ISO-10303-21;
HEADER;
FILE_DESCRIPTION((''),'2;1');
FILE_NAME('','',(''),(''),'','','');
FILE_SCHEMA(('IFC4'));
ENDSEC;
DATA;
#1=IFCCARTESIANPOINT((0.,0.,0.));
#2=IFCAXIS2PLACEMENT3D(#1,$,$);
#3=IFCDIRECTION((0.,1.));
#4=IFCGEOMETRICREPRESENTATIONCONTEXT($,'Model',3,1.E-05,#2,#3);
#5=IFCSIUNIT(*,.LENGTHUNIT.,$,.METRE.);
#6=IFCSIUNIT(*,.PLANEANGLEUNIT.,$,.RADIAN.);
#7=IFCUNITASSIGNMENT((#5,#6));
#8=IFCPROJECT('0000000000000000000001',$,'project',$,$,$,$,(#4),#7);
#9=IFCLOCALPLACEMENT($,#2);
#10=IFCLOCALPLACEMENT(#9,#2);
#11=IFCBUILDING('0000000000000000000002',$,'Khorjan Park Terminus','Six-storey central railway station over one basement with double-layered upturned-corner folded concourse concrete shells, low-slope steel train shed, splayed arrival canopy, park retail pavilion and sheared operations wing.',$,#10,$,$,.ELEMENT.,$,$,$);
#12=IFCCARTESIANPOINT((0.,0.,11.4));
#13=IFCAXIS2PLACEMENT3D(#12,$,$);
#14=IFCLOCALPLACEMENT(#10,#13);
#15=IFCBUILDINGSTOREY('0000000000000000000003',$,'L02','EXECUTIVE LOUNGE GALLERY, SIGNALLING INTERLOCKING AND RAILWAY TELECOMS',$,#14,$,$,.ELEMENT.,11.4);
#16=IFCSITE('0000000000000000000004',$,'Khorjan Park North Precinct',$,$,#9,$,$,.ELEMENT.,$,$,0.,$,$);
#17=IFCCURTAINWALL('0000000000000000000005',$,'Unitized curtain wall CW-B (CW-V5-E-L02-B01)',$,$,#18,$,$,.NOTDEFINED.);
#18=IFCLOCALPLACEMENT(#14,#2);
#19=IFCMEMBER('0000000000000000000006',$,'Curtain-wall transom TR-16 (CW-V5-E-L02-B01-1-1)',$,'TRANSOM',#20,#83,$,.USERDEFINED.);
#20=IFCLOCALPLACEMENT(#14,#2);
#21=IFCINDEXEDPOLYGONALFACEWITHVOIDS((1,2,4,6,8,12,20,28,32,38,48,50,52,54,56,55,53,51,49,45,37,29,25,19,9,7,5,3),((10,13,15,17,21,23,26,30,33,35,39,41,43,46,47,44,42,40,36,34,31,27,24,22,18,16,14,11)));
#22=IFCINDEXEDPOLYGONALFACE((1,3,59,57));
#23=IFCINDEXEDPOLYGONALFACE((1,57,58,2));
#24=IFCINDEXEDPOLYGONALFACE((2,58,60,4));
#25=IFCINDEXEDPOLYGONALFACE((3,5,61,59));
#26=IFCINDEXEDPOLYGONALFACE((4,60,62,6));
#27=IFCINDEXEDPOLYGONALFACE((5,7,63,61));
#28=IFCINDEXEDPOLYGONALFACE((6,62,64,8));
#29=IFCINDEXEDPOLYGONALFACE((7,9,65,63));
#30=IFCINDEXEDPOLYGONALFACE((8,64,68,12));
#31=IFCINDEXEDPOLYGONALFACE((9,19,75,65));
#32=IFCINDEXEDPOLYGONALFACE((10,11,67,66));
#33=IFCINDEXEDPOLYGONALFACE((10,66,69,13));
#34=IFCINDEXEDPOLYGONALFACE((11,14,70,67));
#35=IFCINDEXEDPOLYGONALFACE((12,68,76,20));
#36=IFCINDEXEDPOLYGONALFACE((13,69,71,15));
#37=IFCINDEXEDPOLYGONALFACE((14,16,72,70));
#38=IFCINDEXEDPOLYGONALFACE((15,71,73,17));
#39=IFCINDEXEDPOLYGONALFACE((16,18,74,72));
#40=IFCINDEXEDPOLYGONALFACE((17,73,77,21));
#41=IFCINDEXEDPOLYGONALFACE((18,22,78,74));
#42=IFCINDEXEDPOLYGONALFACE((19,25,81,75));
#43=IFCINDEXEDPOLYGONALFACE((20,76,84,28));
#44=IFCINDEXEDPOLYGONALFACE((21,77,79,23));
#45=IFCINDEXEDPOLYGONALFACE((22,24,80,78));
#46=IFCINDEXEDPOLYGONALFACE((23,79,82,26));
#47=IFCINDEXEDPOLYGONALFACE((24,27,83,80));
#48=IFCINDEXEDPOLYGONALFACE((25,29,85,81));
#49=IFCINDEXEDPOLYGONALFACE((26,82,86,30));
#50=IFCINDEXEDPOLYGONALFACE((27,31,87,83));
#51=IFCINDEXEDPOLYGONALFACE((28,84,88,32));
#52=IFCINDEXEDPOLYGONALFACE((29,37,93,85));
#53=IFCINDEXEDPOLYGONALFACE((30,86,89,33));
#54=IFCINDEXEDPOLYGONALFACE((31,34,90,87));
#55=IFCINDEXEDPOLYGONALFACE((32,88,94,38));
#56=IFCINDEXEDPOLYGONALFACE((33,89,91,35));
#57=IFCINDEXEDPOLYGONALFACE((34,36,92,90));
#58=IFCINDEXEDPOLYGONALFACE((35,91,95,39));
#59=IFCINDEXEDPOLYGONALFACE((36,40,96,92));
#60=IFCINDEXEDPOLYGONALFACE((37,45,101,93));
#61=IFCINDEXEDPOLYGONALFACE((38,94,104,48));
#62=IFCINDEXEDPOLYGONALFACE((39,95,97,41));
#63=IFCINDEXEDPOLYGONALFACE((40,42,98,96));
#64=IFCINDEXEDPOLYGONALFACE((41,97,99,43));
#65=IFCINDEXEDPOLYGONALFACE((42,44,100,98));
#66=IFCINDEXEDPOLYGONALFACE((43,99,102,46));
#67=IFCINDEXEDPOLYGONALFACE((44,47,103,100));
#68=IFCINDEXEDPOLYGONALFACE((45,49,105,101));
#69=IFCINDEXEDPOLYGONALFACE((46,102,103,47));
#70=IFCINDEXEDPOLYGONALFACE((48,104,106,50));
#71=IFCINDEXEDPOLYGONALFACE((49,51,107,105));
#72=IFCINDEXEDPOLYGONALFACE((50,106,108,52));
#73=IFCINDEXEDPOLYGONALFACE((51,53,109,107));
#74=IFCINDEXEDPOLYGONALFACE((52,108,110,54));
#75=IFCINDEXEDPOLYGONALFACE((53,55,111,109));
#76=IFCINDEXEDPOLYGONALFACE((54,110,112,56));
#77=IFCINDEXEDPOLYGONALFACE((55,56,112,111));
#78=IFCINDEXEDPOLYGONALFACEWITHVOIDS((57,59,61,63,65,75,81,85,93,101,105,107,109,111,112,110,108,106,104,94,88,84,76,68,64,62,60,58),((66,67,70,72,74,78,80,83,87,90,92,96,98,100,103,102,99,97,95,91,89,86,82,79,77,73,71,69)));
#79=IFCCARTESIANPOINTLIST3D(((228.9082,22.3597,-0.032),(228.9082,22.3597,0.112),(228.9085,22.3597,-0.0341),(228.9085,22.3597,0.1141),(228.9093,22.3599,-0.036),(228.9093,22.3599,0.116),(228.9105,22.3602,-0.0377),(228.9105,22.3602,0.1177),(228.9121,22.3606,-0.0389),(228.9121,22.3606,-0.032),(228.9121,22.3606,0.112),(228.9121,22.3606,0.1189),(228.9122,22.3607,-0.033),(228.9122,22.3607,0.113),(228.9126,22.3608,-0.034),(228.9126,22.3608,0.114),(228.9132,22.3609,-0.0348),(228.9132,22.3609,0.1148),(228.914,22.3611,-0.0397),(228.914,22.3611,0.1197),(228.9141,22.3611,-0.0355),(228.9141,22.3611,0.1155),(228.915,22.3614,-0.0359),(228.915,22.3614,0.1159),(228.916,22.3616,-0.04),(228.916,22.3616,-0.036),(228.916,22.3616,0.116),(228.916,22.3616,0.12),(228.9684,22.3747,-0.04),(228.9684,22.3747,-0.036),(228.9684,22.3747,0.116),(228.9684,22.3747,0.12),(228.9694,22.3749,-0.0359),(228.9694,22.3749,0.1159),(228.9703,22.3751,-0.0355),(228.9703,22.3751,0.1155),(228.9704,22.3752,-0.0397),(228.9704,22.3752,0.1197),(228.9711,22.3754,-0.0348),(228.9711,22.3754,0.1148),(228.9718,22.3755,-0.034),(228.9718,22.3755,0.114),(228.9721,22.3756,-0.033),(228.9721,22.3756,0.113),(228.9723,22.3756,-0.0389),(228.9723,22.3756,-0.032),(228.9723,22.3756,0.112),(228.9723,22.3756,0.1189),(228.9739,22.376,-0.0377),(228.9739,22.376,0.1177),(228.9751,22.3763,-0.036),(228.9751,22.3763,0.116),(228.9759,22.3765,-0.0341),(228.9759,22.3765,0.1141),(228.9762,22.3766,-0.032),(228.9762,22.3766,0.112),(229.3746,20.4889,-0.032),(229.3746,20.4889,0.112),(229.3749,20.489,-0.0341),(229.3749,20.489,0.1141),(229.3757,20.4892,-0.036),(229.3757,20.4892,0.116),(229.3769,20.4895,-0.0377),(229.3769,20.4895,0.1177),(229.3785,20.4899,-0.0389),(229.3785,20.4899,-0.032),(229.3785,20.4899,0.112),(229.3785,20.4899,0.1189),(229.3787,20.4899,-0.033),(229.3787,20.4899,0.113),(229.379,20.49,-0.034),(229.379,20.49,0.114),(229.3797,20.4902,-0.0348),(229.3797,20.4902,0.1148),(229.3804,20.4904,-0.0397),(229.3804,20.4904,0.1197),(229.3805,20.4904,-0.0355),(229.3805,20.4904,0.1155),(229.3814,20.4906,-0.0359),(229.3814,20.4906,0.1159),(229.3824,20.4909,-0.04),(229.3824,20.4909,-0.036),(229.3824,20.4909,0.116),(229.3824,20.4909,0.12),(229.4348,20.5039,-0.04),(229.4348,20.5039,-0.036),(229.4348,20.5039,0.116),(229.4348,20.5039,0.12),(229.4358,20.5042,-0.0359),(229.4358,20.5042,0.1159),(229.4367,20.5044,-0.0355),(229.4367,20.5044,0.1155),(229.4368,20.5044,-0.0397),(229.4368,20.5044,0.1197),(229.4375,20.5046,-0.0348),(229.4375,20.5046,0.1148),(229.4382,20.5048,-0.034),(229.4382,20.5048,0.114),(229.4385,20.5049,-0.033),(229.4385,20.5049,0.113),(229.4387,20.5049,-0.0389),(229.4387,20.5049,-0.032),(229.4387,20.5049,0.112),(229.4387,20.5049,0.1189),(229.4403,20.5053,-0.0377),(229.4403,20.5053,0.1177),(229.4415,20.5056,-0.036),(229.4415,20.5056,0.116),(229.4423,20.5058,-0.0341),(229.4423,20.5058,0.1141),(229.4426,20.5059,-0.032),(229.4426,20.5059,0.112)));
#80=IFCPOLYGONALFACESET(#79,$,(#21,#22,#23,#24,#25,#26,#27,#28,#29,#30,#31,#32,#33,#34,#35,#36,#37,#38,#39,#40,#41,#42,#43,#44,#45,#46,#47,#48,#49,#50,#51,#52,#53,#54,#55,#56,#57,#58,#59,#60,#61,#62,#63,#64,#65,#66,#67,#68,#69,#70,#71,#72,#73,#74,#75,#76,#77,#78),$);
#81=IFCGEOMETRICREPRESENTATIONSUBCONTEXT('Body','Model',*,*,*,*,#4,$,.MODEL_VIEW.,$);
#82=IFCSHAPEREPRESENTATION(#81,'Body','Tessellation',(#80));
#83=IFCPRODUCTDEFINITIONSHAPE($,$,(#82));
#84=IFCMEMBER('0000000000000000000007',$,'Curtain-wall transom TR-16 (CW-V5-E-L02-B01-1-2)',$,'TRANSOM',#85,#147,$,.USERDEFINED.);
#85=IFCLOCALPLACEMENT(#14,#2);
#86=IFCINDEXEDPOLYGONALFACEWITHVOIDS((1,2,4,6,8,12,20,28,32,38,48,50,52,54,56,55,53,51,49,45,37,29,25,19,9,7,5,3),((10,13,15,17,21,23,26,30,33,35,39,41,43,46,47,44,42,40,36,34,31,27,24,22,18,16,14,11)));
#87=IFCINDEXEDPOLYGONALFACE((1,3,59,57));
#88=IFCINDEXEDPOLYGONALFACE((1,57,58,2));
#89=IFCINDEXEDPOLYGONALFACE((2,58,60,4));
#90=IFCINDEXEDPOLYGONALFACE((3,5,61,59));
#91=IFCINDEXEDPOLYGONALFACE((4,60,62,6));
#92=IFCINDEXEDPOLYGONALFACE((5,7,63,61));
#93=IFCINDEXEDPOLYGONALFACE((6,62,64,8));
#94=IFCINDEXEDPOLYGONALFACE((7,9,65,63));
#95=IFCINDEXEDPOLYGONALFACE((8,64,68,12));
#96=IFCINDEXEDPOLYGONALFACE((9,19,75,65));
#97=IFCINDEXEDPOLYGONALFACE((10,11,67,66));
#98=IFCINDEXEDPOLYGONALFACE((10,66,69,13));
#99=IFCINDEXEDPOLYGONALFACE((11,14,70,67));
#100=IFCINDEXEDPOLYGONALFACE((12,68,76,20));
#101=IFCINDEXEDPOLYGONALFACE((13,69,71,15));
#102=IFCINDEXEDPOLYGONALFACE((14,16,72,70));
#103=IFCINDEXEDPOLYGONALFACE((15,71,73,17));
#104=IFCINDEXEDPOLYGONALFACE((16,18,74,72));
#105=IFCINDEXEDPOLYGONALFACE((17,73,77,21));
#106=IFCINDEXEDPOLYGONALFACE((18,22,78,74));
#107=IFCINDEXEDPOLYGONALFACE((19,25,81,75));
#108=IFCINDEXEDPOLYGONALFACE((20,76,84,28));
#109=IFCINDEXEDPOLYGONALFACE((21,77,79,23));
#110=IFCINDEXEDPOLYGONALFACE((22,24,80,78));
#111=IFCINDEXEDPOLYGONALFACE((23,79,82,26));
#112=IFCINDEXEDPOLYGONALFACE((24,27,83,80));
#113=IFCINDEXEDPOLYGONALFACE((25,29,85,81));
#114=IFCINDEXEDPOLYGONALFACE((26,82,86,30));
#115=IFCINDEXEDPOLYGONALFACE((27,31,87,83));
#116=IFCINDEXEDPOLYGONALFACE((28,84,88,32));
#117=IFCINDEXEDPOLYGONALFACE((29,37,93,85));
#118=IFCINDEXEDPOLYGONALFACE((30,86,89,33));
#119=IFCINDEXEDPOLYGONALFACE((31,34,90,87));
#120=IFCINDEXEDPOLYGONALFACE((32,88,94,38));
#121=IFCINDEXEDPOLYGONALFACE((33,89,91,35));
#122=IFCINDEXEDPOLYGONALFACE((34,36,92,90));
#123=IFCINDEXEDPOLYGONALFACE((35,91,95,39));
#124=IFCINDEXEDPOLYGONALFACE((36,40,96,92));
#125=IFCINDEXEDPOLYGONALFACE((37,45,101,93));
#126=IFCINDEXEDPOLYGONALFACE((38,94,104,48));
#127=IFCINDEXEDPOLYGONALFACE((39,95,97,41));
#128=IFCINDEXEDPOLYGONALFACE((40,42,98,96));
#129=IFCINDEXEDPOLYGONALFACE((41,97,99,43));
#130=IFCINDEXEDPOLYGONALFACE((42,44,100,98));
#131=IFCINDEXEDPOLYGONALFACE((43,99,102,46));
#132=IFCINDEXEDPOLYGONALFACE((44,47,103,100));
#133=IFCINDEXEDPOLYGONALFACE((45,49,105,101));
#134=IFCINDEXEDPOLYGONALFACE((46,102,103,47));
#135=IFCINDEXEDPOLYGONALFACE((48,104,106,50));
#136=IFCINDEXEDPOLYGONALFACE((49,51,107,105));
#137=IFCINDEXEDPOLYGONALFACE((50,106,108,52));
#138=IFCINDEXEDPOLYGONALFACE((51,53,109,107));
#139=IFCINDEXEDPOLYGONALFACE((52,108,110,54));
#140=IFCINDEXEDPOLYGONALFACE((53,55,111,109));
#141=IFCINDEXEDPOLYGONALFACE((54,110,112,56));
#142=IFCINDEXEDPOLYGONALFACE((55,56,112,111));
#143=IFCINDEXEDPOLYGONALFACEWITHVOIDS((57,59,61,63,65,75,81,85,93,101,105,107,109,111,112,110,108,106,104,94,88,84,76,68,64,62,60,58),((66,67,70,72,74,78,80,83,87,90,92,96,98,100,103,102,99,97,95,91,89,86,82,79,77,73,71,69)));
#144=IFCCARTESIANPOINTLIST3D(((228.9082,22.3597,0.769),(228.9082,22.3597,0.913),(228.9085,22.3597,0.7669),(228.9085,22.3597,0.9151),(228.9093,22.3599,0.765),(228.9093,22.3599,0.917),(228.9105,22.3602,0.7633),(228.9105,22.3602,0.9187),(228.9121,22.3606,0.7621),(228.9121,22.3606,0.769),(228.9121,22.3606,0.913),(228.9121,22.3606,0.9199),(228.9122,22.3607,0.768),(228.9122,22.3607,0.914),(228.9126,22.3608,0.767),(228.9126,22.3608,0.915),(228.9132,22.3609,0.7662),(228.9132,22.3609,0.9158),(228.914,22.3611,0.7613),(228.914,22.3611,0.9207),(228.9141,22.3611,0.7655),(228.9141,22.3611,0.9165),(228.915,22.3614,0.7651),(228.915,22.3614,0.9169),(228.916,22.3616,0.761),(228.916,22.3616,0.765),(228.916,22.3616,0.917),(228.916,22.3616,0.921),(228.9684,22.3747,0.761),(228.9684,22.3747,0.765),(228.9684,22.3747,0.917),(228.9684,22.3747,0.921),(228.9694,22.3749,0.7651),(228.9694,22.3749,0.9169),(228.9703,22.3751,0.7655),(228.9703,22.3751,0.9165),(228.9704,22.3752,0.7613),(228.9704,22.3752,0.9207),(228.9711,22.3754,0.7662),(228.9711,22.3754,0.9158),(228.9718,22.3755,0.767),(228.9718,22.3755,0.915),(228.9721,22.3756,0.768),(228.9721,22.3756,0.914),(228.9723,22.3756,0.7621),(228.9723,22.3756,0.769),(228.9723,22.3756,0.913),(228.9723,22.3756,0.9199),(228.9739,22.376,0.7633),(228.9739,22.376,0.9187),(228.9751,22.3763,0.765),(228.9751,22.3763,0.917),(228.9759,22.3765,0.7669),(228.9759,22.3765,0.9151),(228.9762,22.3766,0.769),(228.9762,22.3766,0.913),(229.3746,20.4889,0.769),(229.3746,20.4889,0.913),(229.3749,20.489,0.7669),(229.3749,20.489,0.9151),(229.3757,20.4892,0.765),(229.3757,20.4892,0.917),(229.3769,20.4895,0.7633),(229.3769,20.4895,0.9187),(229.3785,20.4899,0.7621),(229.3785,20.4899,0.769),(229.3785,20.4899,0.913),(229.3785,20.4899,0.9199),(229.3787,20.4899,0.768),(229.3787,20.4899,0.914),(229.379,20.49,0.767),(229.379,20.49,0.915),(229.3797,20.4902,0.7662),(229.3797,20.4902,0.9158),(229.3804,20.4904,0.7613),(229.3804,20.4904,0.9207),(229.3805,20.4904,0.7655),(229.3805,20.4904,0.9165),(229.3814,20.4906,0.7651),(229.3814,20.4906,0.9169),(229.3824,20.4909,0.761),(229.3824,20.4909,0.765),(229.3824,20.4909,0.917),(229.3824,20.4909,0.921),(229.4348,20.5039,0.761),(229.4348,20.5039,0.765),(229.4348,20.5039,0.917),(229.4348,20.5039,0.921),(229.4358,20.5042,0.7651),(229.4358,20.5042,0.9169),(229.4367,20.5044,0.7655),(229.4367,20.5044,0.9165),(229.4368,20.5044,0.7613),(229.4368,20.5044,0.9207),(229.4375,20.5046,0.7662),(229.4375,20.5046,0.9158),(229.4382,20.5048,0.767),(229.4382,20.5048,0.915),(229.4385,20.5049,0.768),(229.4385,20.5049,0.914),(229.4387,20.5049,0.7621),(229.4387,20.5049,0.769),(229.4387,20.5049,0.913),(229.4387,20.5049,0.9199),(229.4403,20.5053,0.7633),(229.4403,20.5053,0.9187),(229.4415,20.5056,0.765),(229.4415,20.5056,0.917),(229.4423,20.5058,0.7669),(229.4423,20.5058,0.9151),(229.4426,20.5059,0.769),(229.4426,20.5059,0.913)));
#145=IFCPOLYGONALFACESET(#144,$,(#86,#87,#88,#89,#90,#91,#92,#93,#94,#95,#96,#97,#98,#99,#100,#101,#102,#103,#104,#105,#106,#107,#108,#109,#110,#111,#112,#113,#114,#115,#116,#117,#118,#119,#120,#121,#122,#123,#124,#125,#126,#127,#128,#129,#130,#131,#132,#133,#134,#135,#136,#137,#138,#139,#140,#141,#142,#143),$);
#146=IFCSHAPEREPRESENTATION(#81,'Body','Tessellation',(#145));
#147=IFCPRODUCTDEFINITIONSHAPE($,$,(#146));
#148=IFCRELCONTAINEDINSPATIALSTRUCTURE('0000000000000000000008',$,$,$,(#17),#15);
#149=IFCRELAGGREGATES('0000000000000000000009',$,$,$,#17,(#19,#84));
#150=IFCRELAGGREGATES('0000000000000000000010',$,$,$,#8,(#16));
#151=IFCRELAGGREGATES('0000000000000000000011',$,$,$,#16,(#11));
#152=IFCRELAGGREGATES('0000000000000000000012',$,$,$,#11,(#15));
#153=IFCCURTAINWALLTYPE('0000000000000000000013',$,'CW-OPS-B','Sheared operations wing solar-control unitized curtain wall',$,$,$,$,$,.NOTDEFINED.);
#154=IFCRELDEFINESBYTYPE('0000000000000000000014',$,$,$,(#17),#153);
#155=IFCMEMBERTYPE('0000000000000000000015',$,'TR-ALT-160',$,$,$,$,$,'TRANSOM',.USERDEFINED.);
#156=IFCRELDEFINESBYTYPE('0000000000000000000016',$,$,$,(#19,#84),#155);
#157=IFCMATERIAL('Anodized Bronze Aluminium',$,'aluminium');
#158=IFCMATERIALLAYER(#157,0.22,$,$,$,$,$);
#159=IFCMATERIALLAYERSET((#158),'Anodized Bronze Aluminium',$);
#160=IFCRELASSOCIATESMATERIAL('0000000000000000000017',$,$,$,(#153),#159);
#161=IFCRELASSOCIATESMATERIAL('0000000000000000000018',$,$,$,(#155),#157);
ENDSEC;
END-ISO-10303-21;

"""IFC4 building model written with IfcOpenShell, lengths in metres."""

from ifc_helpers import new_model, si_unit, direction, frame, origin, origin_2d, place, context, subcontext, project, spatial, hollow_rectangle, extrude, material, layer, layer_set, material_profile, profile_set, type_object, element, aggregate, save


model = new_model("IFC4")

# Units and contexts
model_context = context("Model", 3, precision=1e-05, world=origin(), true_north=direction((0.0, 1.0)))
body_context = subcontext(model_context, "Body", "Model", "MODEL_VIEW")
ifc_project = project(units=[si_unit("LENGTHUNIT", "METRE"), si_unit("PLANEANGLEUNIT", "RADIAN")], contexts=[model_context])

# Site, building, storey
site_placement = place(None, origin())
site = spatial("IfcSite", under=ifc_project, at=site_placement, Name="Khorjan Park North Precinct", CompositionType="ELEMENT", RefElevation=0.0)
building_placement = place(site_placement, origin())
building = spatial("IfcBuilding", under=site, at=building_placement, Name="Khorjan Park Terminus", Description="Six-storey central railway station over one basement with double-layered upturned-corner folded concourse concrete shells, low-slope steel train shed, splayed arrival canopy, park retail pavilion and sheared operations wing.", CompositionType="ELEMENT")
storey_placement = place(building_placement, frame((0.0, 0.0, 11.4)))
storey = spatial("IfcBuildingStorey", under=building, at=storey_placement, Name="L02", Description="EXECUTIVE LOUNGE GALLERY, SIGNALLING INTERLOCKING AND RAILWAY TELECOMS", CompositionType="ELEMENT", Elevation=11.4)

# Curtain wall, members
ifc_material_1 = material(Name="Anodized Bronze Aluminium", Category="aluminium")
ifc_layer_1 = layer(ifc_material_1, 0.22)
ifc_layer_set_1 = layer_set([ifc_layer_1], Name="Anodized Bronze Aluminium")
curtain_wall_type = type_object("IfcCurtainWallType", Name="CW-OPS-B", Description="Sheared operations wing solar-control unitized curtain wall", PredefinedType="NOTDEFINED", material=ifc_layer_set_1)
curtain_wall_placement = place(storey_placement, origin())
curtain_wall = element("IfcCurtainWall", 1, at=curtain_wall_placement, inside=storey, type_object=curtain_wall_type, Name="Unitized curtain wall CW-B (CW-V5-E-L02-B01)", PredefinedType="NOTDEFINED")
ifc_material_profile_1 = material_profile(ifc_material_1, hollow_rectangle(XDim=0.07, YDim=0.16, WallThickness=0.004, InnerFilletRadius=0.004, OuterFilletRadius=0.008, at=origin_2d()), Name="ALT 70x160x4")
ifc_profile_set_1 = profile_set([ifc_material_profile_1], Name="Anodized Bronze Aluminium")
member_type_1 = type_object("IfcMemberType", Name="TR-ALT-160", ElementType="TRANSOM", PredefinedType="USERDEFINED", material=ifc_profile_set_1)
member_1_placement = place(storey_placement, frame((229.4086, 20.4974, 0.04), z_axis=(-0.241913, 0.970298, 0.0), x_axis=(-0.970298, -0.241913, 0.0)))
member_1 = element("IfcMember", 2, at=member_1_placement, type_object=member_type_1, Name="Curtain-wall transom TR-16 (CW-V5-E-L02-B01-1-1)", ObjectType="TRANSOM", PredefinedType="USERDEFINED", context=body_context, shape_type="SweptSolid", body=[
    extrude(hollow_rectangle(XDim=0.07, YDim=0.16, WallThickness=0.004, InnerFilletRadius=0.004, OuterFilletRadius=0.008, at=origin_2d()), origin(), (0.0, 0.0, 1.0), 1.928),
])
member_2_placement = place(storey_placement, frame((229.4086, 20.4974, 0.841), z_axis=(-0.241913, 0.970298, 0.0), x_axis=(-0.970298, -0.241913, 0.0)))
member_2 = element("IfcMember", 3, at=member_2_placement, type_object=member_type_1, Name="Curtain-wall transom TR-16 (CW-V5-E-L02-B01-1-2)", ObjectType="TRANSOM", PredefinedType="USERDEFINED", context=body_context, shape_type="SweptSolid", body=[
    extrude(hollow_rectangle(XDim=0.07, YDim=0.16, WallThickness=0.004, InnerFilletRadius=0.004, OuterFilletRadius=0.008, at=origin_2d()), origin(), (0.0, 0.0, 1.0), 1.928),
])
aggregate(curtain_wall, [member_1, member_2])

save(model, "model.ifc")
